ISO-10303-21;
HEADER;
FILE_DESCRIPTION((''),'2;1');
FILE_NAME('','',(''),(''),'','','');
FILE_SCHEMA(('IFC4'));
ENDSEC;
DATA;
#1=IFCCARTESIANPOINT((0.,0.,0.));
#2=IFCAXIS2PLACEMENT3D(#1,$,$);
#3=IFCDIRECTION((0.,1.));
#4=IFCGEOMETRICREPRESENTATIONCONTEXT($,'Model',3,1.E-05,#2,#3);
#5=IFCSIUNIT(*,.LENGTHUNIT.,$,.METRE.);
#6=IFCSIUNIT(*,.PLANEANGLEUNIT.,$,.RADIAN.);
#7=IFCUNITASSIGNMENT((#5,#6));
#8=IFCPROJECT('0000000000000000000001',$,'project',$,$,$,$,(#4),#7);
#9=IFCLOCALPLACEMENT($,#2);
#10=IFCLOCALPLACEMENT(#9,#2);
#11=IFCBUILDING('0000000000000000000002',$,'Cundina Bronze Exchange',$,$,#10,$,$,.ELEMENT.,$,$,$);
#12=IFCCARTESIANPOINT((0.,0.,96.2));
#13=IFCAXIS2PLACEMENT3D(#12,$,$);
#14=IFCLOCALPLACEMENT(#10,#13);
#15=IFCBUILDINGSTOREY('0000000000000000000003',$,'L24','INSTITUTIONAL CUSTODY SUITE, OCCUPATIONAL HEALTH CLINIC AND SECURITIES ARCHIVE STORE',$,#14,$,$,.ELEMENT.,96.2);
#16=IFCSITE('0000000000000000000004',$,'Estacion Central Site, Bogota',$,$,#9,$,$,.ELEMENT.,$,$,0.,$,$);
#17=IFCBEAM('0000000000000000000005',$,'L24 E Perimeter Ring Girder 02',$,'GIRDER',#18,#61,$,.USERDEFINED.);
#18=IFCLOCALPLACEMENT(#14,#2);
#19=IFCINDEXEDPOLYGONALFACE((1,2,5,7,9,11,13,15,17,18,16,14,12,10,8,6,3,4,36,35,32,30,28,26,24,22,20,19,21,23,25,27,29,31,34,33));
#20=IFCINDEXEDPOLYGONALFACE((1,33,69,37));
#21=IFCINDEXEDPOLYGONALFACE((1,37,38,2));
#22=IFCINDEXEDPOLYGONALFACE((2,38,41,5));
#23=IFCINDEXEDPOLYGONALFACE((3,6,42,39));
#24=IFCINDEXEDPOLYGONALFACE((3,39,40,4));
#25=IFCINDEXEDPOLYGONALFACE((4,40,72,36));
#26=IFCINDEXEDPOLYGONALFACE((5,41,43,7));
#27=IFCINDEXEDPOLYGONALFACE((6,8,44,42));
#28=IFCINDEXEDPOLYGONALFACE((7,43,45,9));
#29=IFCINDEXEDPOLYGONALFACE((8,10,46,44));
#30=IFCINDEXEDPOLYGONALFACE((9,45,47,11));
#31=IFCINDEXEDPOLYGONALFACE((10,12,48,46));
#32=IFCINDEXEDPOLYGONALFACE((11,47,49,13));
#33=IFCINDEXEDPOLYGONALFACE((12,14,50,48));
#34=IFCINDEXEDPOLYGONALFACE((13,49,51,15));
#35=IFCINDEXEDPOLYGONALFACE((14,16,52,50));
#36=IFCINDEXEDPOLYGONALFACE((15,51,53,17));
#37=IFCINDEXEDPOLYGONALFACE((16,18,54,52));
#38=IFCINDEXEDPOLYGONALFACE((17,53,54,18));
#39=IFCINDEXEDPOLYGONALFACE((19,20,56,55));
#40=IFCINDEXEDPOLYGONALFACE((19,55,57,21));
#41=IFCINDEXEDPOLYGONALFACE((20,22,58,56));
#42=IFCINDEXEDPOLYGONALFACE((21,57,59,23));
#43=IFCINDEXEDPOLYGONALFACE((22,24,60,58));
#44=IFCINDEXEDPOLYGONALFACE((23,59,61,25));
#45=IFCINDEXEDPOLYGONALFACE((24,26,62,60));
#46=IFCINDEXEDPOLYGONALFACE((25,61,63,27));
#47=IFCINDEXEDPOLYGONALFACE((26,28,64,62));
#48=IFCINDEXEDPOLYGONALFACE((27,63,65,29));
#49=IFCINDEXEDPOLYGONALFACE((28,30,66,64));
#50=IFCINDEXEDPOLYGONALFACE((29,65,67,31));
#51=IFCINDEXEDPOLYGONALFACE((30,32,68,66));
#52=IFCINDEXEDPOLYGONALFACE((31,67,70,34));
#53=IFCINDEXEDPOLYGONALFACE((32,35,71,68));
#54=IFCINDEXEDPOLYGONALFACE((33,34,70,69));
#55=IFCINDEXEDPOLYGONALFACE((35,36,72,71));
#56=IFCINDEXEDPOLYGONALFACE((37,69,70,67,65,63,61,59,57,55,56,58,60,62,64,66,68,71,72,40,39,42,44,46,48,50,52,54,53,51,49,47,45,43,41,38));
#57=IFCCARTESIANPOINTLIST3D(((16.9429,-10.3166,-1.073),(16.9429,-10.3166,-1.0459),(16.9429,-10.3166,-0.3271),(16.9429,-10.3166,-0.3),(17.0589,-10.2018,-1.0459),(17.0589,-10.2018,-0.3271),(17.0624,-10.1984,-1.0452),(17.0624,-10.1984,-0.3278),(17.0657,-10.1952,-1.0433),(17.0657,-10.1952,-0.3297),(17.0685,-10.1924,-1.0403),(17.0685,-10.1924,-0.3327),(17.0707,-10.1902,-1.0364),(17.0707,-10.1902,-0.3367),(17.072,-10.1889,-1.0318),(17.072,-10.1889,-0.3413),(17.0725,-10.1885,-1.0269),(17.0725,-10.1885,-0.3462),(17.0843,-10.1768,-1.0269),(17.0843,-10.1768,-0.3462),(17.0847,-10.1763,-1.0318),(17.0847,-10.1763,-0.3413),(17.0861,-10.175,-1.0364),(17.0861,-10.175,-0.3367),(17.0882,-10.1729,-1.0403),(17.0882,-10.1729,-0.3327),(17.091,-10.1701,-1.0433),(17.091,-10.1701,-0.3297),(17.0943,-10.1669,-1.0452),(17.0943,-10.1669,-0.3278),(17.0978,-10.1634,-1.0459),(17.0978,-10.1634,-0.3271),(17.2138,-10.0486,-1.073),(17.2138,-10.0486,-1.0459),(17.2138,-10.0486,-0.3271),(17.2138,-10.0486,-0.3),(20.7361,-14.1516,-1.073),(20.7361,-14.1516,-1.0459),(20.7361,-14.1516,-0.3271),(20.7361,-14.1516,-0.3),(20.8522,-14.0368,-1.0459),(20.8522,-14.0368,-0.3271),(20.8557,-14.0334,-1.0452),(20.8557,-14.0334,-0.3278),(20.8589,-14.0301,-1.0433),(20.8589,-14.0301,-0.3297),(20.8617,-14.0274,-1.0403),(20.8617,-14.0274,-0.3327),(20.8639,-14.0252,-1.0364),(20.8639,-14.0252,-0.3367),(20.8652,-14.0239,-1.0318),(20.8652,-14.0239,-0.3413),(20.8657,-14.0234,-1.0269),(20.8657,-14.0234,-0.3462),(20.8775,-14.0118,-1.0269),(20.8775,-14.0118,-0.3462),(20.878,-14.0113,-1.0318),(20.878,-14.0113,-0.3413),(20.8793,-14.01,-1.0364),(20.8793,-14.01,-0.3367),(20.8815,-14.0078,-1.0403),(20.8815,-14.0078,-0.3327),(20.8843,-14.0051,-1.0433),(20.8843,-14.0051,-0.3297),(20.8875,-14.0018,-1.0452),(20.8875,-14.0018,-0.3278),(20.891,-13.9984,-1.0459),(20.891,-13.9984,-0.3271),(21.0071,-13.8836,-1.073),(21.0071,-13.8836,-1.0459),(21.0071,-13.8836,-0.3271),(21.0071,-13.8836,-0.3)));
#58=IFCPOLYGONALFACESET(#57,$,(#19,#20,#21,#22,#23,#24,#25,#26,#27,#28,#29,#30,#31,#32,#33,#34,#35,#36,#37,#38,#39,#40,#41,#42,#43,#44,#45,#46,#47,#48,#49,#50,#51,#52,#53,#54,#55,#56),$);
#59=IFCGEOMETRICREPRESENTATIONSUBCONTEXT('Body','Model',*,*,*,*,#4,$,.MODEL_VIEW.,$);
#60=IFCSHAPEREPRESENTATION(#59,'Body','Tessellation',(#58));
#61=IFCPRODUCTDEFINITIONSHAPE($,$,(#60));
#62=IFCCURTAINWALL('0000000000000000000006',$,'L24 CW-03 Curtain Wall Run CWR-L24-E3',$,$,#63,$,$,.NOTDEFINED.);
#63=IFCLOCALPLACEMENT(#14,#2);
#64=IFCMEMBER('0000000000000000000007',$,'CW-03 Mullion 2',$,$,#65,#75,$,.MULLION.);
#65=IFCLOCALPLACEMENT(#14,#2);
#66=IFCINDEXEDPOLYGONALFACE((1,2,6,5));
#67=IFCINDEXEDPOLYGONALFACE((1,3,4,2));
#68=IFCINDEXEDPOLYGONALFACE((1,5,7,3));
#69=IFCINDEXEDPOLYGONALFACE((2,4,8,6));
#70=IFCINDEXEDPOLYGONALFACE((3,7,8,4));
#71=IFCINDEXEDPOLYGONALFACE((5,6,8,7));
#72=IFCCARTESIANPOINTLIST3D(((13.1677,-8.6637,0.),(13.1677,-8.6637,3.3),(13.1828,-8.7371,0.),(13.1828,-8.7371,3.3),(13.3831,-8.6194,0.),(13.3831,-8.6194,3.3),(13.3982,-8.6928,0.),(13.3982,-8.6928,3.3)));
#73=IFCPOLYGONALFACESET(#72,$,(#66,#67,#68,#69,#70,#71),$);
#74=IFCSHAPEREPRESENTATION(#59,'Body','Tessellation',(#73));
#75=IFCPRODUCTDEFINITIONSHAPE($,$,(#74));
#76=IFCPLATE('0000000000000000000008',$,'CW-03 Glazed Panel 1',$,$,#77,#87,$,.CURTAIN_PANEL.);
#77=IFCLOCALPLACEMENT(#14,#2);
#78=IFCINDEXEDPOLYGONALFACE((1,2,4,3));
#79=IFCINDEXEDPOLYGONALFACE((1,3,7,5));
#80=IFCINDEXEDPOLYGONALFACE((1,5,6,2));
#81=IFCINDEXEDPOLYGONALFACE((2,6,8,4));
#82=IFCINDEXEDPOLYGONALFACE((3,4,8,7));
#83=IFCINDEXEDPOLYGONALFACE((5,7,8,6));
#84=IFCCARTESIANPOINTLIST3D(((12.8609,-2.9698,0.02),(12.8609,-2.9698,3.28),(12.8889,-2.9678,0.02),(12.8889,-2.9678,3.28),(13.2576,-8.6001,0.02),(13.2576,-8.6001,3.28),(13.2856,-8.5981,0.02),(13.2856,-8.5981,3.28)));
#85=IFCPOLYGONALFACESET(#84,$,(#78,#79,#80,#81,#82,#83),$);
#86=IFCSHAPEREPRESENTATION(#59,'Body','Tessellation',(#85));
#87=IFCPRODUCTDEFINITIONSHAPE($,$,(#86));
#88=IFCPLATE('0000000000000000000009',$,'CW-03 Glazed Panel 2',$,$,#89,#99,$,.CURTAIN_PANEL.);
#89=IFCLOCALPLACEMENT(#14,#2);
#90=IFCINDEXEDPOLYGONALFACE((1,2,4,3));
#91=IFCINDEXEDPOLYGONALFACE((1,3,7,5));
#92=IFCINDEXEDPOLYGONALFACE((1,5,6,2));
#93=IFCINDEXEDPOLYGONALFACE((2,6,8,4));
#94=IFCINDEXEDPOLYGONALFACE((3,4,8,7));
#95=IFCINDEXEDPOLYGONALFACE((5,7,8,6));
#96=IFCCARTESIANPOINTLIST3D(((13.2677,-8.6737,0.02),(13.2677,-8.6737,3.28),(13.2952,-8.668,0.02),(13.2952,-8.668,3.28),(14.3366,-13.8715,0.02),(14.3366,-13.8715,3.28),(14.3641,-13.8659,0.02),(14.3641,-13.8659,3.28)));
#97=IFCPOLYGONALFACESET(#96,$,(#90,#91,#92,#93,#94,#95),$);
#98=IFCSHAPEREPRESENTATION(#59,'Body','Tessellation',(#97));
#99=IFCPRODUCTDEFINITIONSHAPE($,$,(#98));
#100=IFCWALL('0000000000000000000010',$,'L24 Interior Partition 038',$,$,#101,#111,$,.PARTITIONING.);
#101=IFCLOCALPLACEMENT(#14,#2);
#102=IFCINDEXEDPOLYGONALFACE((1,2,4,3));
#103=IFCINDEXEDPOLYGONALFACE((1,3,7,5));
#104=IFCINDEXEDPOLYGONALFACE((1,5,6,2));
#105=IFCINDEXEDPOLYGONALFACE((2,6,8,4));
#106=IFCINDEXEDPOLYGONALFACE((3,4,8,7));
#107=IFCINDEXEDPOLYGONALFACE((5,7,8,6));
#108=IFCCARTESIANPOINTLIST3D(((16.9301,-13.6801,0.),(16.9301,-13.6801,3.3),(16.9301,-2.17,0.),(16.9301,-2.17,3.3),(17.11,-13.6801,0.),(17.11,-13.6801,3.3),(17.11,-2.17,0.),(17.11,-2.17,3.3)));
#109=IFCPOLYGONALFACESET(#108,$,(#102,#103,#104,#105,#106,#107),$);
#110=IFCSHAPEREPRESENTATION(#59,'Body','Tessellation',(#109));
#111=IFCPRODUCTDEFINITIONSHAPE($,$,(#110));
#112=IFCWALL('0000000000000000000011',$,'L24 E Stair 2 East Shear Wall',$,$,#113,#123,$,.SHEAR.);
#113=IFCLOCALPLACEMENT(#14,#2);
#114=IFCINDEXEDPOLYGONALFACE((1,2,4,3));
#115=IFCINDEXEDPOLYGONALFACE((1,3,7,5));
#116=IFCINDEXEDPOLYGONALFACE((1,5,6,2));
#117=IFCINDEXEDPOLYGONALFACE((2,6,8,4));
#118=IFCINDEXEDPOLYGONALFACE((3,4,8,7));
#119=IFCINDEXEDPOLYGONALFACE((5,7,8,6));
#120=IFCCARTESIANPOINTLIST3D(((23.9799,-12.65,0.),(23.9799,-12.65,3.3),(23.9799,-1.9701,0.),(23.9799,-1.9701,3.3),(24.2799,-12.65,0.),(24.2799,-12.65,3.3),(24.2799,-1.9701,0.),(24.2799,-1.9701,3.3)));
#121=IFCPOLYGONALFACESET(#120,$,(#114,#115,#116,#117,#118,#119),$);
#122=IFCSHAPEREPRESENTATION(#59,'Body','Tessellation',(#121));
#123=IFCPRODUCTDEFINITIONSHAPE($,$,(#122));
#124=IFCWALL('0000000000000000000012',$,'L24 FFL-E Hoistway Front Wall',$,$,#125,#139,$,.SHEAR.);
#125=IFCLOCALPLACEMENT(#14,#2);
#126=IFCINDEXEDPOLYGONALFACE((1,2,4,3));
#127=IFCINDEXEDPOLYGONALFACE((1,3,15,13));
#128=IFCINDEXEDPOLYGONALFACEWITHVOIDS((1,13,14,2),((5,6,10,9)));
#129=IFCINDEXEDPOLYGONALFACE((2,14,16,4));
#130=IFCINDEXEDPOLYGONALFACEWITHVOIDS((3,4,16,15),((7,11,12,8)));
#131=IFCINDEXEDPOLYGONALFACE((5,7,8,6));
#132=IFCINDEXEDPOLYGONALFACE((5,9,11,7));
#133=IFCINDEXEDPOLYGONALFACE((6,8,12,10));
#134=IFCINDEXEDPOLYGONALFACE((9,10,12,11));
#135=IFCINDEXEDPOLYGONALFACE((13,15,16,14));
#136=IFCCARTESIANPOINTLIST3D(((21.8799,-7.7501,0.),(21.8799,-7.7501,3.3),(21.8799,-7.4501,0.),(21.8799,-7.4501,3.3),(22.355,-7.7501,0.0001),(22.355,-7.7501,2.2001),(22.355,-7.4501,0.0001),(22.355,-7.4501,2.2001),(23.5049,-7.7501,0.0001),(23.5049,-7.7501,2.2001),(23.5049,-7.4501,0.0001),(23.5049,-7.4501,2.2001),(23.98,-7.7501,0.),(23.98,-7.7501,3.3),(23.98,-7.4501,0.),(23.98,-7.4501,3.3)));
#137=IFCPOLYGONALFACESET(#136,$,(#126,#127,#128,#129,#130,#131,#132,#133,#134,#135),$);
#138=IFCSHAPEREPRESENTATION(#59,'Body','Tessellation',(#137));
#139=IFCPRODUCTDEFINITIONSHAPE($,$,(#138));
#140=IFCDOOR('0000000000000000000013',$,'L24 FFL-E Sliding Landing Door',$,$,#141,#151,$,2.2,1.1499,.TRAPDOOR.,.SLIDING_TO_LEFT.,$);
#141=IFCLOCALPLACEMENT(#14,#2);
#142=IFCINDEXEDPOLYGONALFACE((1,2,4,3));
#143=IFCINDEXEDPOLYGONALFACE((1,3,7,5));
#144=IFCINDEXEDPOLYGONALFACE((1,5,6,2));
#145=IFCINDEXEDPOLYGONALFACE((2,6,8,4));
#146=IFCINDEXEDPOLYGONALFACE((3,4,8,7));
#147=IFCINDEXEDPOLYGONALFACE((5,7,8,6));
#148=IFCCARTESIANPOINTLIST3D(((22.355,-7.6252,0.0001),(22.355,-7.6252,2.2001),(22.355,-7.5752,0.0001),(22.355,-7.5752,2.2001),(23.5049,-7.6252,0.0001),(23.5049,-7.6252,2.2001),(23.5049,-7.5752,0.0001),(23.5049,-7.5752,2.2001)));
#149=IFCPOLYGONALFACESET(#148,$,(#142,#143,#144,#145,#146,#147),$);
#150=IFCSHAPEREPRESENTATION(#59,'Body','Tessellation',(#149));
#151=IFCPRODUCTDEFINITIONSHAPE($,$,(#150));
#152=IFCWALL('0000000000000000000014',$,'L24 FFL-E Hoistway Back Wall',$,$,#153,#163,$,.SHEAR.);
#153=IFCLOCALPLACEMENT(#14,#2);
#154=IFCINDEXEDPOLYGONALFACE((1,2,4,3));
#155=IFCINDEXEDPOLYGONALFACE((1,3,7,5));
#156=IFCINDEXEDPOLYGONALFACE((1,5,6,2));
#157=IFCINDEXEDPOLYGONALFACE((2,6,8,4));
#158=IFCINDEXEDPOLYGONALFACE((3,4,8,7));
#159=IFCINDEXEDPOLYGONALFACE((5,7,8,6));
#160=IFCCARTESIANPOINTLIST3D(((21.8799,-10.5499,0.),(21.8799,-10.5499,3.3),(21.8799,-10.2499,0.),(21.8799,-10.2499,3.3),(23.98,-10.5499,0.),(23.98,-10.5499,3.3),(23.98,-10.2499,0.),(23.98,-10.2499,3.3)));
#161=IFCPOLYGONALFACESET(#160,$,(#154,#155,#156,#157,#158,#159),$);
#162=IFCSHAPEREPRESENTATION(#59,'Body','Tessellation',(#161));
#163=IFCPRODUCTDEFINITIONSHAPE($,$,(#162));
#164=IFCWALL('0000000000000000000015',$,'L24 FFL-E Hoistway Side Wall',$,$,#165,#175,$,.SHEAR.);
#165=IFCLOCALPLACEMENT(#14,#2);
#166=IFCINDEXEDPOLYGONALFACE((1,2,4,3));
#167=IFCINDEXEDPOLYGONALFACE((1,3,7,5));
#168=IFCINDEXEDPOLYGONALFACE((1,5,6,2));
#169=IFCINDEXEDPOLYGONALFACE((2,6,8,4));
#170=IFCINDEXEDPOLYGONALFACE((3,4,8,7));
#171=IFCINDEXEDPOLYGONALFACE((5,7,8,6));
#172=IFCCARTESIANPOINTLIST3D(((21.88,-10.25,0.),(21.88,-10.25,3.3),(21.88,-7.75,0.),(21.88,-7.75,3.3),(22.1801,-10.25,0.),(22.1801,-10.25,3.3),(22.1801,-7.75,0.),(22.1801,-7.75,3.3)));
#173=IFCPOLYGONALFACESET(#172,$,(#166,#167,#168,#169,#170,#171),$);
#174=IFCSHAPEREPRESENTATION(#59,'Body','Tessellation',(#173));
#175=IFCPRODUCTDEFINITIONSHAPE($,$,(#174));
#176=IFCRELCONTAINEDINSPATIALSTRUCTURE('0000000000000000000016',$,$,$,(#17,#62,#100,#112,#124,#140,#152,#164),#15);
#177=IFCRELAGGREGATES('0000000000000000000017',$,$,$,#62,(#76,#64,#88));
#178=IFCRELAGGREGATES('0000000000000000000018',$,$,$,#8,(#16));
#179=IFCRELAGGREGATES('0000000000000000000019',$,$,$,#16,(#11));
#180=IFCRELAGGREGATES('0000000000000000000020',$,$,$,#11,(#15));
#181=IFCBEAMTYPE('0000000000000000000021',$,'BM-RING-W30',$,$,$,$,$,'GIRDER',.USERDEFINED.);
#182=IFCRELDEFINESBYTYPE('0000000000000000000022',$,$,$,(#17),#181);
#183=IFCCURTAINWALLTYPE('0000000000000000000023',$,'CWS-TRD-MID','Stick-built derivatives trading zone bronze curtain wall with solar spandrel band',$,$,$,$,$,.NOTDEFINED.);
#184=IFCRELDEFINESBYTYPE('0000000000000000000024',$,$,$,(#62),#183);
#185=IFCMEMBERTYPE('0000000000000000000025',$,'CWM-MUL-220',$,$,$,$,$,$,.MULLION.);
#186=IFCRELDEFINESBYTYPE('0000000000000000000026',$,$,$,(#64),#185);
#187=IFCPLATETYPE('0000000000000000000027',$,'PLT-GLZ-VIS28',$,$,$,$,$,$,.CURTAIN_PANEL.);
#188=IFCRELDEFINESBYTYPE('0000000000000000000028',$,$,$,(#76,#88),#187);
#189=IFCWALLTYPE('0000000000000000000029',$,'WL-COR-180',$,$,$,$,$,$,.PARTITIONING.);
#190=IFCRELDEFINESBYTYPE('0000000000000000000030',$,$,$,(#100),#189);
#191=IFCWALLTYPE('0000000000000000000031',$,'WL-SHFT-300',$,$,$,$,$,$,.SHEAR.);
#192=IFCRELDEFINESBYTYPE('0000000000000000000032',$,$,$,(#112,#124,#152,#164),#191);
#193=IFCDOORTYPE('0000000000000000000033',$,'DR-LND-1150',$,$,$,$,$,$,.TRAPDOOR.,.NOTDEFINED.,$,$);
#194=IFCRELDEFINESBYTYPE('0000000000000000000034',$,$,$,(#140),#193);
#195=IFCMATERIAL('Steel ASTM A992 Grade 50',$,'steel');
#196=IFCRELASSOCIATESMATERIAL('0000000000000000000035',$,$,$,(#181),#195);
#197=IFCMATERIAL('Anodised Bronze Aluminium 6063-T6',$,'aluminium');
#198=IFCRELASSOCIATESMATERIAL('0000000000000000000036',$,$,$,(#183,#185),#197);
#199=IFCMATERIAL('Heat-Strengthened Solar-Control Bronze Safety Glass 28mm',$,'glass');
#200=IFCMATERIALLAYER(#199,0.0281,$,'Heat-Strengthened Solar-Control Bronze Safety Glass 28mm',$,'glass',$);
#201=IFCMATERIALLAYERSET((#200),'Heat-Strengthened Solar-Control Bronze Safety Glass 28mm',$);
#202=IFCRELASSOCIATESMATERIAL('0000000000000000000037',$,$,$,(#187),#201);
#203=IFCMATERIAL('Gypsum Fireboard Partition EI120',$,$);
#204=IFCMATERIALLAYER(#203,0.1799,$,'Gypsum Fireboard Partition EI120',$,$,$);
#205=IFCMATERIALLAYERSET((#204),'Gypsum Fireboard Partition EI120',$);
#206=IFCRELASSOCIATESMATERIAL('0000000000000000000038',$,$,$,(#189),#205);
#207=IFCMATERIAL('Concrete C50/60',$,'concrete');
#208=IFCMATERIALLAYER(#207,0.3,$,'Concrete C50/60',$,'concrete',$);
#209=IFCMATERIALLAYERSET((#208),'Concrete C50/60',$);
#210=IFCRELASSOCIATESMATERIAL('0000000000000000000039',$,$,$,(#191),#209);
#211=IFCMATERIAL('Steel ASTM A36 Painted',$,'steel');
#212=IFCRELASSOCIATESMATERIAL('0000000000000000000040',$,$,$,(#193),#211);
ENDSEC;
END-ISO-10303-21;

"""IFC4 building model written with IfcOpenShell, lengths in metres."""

from ifc_helpers import new_model, si_unit, direction, frame, frame_2d, origin, origin_2d, place, context, subcontext, project, spatial, rectangle, i_section, extrude, material, layer, layer_set, material_profile, profile_set, type_object, element, fill, aggregate, save


model = new_model("IFC4")

# Units and contexts
model_context = context("Model", 3, precision=1e-05, world=origin(), true_north=direction((0.0, 1.0)))
body_context = subcontext(model_context, "Body", "Model", "MODEL_VIEW")
ifc_project = project(units=[si_unit("LENGTHUNIT", "METRE"), si_unit("PLANEANGLEUNIT", "RADIAN")], contexts=[model_context])

# Site, building, storey
site_placement = place(None, origin())
site = spatial("IfcSite", under=ifc_project, at=site_placement, Name="Estacion Central Site, Bogota", CompositionType="ELEMENT", RefElevation=0.0)
building_placement = place(site_placement, origin())
building = spatial("IfcBuilding", under=site, at=building_placement, Name="Cundina Bronze Exchange", CompositionType="ELEMENT")
storey_placement = place(building_placement, frame((0.0, 0.0, 96.2)))
storey = spatial("IfcBuildingStorey", under=building, at=storey_placement, Name="L24", Description="INSTITUTIONAL CUSTODY SUITE, OCCUPATIONAL HEALTH CLINIC AND SECURITIES ARCHIVE STORE", CompositionType="ELEMENT", Elevation=96.2)

# Beam
ifc_material_1 = material(Name="Steel ASTM A992 Grade 50", Category="steel")
ifc_material_profile_1 = material_profile(ifc_material_1, i_section(OverallWidth=0.3811, OverallDepth=0.7729, WebThickness=0.0166, FlangeThickness=0.0271, FilletRadius=0.019, at=origin_2d()), Name="W30X173", Category="steel")
ifc_profile_set_1 = profile_set([ifc_material_profile_1], Name="Steel ASTM A992 Grade 50")
beam_type_1 = type_object("IfcBeamType", Name="BM-RING-W30", ElementType="GIRDER", PredefinedType="USERDEFINED", material=ifc_profile_set_1)
beam_1_placement = place(storey_placement, frame((17.0784, -10.1826, -0.6865), z_axis=(0.703226, -0.710966, 0.0), x_axis=(0.710966, 0.703226, 0.0)))
element("IfcBeam", 1, at=beam_1_placement, inside=storey, type_object=beam_type_1, Name="L24 E Perimeter Ring Girder 02", ObjectType="GIRDER", PredefinedType="USERDEFINED", context=body_context, shape_type="SweptSolid", body=[
    extrude(i_section(OverallWidth=0.3811, OverallDepth=0.7729, WebThickness=0.0166, FlangeThickness=0.0271, FilletRadius=0.019, at=origin_2d()), origin(), (0.0, 0.0, 1.0), 5.394),
])

# Curtain wall, member, plates
ifc_material_2 = material(Name="Anodised Bronze Aluminium 6063-T6", Category="aluminium")
curtain_wall_type = type_object("IfcCurtainWallType", Name="CWS-TRD-MID", Description="Stick-built derivatives trading zone bronze curtain wall with solar spandrel band", PredefinedType="NOTDEFINED", material=ifc_material_2)
curtain_wall_placement = place(storey_placement, origin())
curtain_wall = element("IfcCurtainWall", 2, at=curtain_wall_placement, inside=storey, type_object=curtain_wall_type, Name="L24 CW-03 Curtain Wall Run CWR-L24-E3", PredefinedType="NOTDEFINED")
ifc_material_profile_2 = material_profile(ifc_material_2, rectangle(XDim=0.075, YDim=0.22, at=origin_2d()), Name="AL75X220", Category="aluminium")
ifc_profile_set_2 = profile_set([ifc_material_profile_2], Name="Anodised Bronze Aluminium 6063-T6")
member_type = type_object("IfcMemberType", Name="CWM-MUL-220", PredefinedType="MULLION", material=ifc_profile_set_2)
member_placement = place(storey_placement, frame((13.283, -8.6782, 0.0), z_axis=(0.0, 0.0, 1.0), x_axis=(0.20142, -0.979505, 0.0)))
member = element("IfcMember", 3, at=member_placement, type_object=member_type, Name="CW-03 Mullion 2", PredefinedType="MULLION", context=body_context, shape_type="SweptSolid", body=[
    extrude(rectangle(XDim=0.075, YDim=0.22, at=origin_2d()), origin(), (0.0, 0.0, 1.0), 3.3),
])
ifc_material_3 = material(Name="Heat-Strengthened Solar-Control Bronze Safety Glass 28mm", Category="glass")
ifc_layer_1 = layer(ifc_material_3, 0.0281, Name="Heat-Strengthened Solar-Control Bronze Safety Glass 28mm", Category="glass")
ifc_layer_set_1 = layer_set([ifc_layer_1], Name="Heat-Strengthened Solar-Control Bronze Safety Glass 28mm")
plate_type = type_object("IfcPlateType", Name="PLT-GLZ-VIS28", PredefinedType="CURTAIN_PANEL", material=ifc_layer_set_1)
plate_1_placement = place(storey_placement, frame((13.0732, -5.7839, 0.02), z_axis=(0.0, 0.0, 1.0), x_axis=(0.070279, -0.997527, 0.0)))
plate_1 = element("IfcPlate", 4, at=plate_1_placement, type_object=plate_type, Name="CW-03 Glazed Panel 1", PredefinedType="CURTAIN_PANEL", context=body_context, shape_type="SweptSolid", body=[
    extrude(rectangle(XDim=5.6443, YDim=0.0281, at=origin_2d()), origin(), (0.0, 0.0, 1.0), 3.26),
])
plate_2_placement = place(storey_placement, frame((13.8159, -11.2698, 0.02), z_axis=(0.0, 0.0, 1.0), x_axis=(0.20142, -0.979505, 0.0)))
plate_2 = element("IfcPlate", 5, at=plate_2_placement, type_object=plate_type, Name="CW-03 Glazed Panel 2", PredefinedType="CURTAIN_PANEL", context=body_context, shape_type="SweptSolid", body=[
    extrude(rectangle(XDim=5.3066, YDim=0.0281, at=origin_2d()), origin(), (0.0, 0.0, 1.0), 3.26),
])
aggregate(curtain_wall, [plate_1, member, plate_2])

# Walls
ifc_material_4 = material(Name="Gypsum Fireboard Partition EI120")
ifc_layer_2 = layer(ifc_material_4, 0.1799, Name="Gypsum Fireboard Partition EI120")
ifc_layer_set_2 = layer_set([ifc_layer_2], Name="Gypsum Fireboard Partition EI120")
wall_type_1 = type_object("IfcWallType", Name="WL-COR-180", PredefinedType="PARTITIONING", material=ifc_layer_set_2)
wall_1_placement = place(storey_placement, frame((17.02, -13.6799, 0.0), z_axis=(0.0, 0.0, 1.0), x_axis=(0.0, 1.0, 0.0)))
element("IfcWall", 6, at=wall_1_placement, inside=storey, type_object=wall_type_1, Name="L24 Interior Partition 038", PredefinedType="PARTITIONING", context=body_context, shape_type="SweptSolid", body=[
    extrude(rectangle(XDim=11.51, YDim=0.1799, at=frame_2d((5.7549, 0.0))), origin(), (0.0, 0.0, 1.0), 3.3),
])
ifc_material_5 = material(Name="Concrete C50/60", Category="concrete")
ifc_layer_3 = layer(ifc_material_5, 0.3, Name="Concrete C50/60", Category="concrete")
ifc_layer_set_3 = layer_set([ifc_layer_3], Name="Concrete C50/60")
wall_type_2 = type_object("IfcWallType", Name="WL-SHFT-300", PredefinedType="SHEAR", material=ifc_layer_set_3)
wall_2_placement = place(storey_placement, frame((24.1299, -12.6499, 0.0), z_axis=(0.0, 0.0, 1.0), x_axis=(0.0, 1.0, 0.0)))
element("IfcWall", 7, at=wall_2_placement, inside=storey, type_object=wall_type_2, Name="L24 E Stair 2 East Shear Wall", PredefinedType="SHEAR", context=body_context, shape_type="SweptSolid", body=[
    extrude(rectangle(XDim=10.6799, YDim=0.3, at=frame_2d((5.3398, 0.0))), origin(), (0.0, 0.0, 1.0), 3.3),
])

# Wall, opening, door
ifc_material_6 = material(Name="Steel ASTM A36 Painted", Category="steel")
wall_3_placement = place(storey_placement, frame((21.8799, -7.6001, 0.0), z_axis=(0.0, 0.0, 1.0), x_axis=(1.0, 0.0, 0.0)))
wall_3 = element("IfcWall", 8, at=wall_3_placement, inside=storey, type_object=wall_type_2, Name="L24 FFL-E Hoistway Front Wall", PredefinedType="SHEAR", context=body_context, shape_type="SweptSolid", body=[
    extrude(rectangle(XDim=2.1001, YDim=0.3, at=frame_2d((1.05, 0.0))), origin(), (0.0, 0.0, 1.0), 3.3),
])
opening_1_placement = place(wall_3_placement, frame((0.4751, 0.0, 0.0)))
opening_1 = element("IfcOpeningElement", 9, at=opening_1_placement, cuts=wall_3, PredefinedType="OPENING", context=body_context, shape_type="SweptSolid", body=[
    extrude(rectangle(XDim=1.1499, YDim=2.2, at=frame_2d((0.575, 1.1001))), frame((0.0, 0.1599, 0.0), z_axis=(0.0, -1.0, 0.0), x_axis=(1.0, 0.0, 0.0)), (0.0, 0.0, 1.0), 0.3201),
])
door_type_1 = type_object("IfcDoorType", Name="DR-LND-1150", OperationType="NOTDEFINED", PredefinedType="TRAPDOOR", material=ifc_material_6)
door_1_placement = place(opening_1_placement, origin())
door_1 = element("IfcDoor", 10, at=door_1_placement, inside=storey, type_object=door_type_1, Name="L24 FFL-E Sliding Landing Door", OperationType="SLIDING_TO_LEFT", OverallHeight=2.2, OverallWidth=1.1499, PredefinedType="TRAPDOOR", context=body_context, shape_type="SweptSolid", body=[
    extrude(rectangle(XDim=1.1499, YDim=2.2, at=frame_2d((0.575, 1.1001))), frame((0.0, 0.0249, 0.0), z_axis=(0.0, -1.0, 0.0), x_axis=(1.0, 0.0, 0.0)), (0.0, 0.0, 1.0), 0.05),
])
fill(opening_1, door_1)

# Walls
wall_4_placement = place(storey_placement, frame((21.8799, -10.3999, 0.0), z_axis=(0.0, 0.0, 1.0), x_axis=(1.0, 0.0, 0.0)))
element("IfcWall", 11, at=wall_4_placement, inside=storey, type_object=wall_type_2, Name="L24 FFL-E Hoistway Back Wall", PredefinedType="SHEAR", context=body_context, shape_type="SweptSolid", body=[
    extrude(rectangle(XDim=2.1001, YDim=0.3, at=frame_2d((1.05, 0.0))), origin(), (0.0, 0.0, 1.0), 3.3),
])
wall_5_placement = place(storey_placement, frame((22.03, -10.25, 0.0), z_axis=(0.0, 0.0, 1.0), x_axis=(0.0, 1.0, 0.0)))
element("IfcWall", 12, at=wall_5_placement, inside=storey, type_object=wall_type_2, Name="L24 FFL-E Hoistway Side Wall", PredefinedType="SHEAR", context=body_context, shape_type="SweptSolid", body=[
    extrude(rectangle(XDim=2.5, YDim=0.3, at=frame_2d((1.25, 0.0))), origin(), (0.0, 0.0, 1.0), 3.3),
])

save(model, "model.ifc")
